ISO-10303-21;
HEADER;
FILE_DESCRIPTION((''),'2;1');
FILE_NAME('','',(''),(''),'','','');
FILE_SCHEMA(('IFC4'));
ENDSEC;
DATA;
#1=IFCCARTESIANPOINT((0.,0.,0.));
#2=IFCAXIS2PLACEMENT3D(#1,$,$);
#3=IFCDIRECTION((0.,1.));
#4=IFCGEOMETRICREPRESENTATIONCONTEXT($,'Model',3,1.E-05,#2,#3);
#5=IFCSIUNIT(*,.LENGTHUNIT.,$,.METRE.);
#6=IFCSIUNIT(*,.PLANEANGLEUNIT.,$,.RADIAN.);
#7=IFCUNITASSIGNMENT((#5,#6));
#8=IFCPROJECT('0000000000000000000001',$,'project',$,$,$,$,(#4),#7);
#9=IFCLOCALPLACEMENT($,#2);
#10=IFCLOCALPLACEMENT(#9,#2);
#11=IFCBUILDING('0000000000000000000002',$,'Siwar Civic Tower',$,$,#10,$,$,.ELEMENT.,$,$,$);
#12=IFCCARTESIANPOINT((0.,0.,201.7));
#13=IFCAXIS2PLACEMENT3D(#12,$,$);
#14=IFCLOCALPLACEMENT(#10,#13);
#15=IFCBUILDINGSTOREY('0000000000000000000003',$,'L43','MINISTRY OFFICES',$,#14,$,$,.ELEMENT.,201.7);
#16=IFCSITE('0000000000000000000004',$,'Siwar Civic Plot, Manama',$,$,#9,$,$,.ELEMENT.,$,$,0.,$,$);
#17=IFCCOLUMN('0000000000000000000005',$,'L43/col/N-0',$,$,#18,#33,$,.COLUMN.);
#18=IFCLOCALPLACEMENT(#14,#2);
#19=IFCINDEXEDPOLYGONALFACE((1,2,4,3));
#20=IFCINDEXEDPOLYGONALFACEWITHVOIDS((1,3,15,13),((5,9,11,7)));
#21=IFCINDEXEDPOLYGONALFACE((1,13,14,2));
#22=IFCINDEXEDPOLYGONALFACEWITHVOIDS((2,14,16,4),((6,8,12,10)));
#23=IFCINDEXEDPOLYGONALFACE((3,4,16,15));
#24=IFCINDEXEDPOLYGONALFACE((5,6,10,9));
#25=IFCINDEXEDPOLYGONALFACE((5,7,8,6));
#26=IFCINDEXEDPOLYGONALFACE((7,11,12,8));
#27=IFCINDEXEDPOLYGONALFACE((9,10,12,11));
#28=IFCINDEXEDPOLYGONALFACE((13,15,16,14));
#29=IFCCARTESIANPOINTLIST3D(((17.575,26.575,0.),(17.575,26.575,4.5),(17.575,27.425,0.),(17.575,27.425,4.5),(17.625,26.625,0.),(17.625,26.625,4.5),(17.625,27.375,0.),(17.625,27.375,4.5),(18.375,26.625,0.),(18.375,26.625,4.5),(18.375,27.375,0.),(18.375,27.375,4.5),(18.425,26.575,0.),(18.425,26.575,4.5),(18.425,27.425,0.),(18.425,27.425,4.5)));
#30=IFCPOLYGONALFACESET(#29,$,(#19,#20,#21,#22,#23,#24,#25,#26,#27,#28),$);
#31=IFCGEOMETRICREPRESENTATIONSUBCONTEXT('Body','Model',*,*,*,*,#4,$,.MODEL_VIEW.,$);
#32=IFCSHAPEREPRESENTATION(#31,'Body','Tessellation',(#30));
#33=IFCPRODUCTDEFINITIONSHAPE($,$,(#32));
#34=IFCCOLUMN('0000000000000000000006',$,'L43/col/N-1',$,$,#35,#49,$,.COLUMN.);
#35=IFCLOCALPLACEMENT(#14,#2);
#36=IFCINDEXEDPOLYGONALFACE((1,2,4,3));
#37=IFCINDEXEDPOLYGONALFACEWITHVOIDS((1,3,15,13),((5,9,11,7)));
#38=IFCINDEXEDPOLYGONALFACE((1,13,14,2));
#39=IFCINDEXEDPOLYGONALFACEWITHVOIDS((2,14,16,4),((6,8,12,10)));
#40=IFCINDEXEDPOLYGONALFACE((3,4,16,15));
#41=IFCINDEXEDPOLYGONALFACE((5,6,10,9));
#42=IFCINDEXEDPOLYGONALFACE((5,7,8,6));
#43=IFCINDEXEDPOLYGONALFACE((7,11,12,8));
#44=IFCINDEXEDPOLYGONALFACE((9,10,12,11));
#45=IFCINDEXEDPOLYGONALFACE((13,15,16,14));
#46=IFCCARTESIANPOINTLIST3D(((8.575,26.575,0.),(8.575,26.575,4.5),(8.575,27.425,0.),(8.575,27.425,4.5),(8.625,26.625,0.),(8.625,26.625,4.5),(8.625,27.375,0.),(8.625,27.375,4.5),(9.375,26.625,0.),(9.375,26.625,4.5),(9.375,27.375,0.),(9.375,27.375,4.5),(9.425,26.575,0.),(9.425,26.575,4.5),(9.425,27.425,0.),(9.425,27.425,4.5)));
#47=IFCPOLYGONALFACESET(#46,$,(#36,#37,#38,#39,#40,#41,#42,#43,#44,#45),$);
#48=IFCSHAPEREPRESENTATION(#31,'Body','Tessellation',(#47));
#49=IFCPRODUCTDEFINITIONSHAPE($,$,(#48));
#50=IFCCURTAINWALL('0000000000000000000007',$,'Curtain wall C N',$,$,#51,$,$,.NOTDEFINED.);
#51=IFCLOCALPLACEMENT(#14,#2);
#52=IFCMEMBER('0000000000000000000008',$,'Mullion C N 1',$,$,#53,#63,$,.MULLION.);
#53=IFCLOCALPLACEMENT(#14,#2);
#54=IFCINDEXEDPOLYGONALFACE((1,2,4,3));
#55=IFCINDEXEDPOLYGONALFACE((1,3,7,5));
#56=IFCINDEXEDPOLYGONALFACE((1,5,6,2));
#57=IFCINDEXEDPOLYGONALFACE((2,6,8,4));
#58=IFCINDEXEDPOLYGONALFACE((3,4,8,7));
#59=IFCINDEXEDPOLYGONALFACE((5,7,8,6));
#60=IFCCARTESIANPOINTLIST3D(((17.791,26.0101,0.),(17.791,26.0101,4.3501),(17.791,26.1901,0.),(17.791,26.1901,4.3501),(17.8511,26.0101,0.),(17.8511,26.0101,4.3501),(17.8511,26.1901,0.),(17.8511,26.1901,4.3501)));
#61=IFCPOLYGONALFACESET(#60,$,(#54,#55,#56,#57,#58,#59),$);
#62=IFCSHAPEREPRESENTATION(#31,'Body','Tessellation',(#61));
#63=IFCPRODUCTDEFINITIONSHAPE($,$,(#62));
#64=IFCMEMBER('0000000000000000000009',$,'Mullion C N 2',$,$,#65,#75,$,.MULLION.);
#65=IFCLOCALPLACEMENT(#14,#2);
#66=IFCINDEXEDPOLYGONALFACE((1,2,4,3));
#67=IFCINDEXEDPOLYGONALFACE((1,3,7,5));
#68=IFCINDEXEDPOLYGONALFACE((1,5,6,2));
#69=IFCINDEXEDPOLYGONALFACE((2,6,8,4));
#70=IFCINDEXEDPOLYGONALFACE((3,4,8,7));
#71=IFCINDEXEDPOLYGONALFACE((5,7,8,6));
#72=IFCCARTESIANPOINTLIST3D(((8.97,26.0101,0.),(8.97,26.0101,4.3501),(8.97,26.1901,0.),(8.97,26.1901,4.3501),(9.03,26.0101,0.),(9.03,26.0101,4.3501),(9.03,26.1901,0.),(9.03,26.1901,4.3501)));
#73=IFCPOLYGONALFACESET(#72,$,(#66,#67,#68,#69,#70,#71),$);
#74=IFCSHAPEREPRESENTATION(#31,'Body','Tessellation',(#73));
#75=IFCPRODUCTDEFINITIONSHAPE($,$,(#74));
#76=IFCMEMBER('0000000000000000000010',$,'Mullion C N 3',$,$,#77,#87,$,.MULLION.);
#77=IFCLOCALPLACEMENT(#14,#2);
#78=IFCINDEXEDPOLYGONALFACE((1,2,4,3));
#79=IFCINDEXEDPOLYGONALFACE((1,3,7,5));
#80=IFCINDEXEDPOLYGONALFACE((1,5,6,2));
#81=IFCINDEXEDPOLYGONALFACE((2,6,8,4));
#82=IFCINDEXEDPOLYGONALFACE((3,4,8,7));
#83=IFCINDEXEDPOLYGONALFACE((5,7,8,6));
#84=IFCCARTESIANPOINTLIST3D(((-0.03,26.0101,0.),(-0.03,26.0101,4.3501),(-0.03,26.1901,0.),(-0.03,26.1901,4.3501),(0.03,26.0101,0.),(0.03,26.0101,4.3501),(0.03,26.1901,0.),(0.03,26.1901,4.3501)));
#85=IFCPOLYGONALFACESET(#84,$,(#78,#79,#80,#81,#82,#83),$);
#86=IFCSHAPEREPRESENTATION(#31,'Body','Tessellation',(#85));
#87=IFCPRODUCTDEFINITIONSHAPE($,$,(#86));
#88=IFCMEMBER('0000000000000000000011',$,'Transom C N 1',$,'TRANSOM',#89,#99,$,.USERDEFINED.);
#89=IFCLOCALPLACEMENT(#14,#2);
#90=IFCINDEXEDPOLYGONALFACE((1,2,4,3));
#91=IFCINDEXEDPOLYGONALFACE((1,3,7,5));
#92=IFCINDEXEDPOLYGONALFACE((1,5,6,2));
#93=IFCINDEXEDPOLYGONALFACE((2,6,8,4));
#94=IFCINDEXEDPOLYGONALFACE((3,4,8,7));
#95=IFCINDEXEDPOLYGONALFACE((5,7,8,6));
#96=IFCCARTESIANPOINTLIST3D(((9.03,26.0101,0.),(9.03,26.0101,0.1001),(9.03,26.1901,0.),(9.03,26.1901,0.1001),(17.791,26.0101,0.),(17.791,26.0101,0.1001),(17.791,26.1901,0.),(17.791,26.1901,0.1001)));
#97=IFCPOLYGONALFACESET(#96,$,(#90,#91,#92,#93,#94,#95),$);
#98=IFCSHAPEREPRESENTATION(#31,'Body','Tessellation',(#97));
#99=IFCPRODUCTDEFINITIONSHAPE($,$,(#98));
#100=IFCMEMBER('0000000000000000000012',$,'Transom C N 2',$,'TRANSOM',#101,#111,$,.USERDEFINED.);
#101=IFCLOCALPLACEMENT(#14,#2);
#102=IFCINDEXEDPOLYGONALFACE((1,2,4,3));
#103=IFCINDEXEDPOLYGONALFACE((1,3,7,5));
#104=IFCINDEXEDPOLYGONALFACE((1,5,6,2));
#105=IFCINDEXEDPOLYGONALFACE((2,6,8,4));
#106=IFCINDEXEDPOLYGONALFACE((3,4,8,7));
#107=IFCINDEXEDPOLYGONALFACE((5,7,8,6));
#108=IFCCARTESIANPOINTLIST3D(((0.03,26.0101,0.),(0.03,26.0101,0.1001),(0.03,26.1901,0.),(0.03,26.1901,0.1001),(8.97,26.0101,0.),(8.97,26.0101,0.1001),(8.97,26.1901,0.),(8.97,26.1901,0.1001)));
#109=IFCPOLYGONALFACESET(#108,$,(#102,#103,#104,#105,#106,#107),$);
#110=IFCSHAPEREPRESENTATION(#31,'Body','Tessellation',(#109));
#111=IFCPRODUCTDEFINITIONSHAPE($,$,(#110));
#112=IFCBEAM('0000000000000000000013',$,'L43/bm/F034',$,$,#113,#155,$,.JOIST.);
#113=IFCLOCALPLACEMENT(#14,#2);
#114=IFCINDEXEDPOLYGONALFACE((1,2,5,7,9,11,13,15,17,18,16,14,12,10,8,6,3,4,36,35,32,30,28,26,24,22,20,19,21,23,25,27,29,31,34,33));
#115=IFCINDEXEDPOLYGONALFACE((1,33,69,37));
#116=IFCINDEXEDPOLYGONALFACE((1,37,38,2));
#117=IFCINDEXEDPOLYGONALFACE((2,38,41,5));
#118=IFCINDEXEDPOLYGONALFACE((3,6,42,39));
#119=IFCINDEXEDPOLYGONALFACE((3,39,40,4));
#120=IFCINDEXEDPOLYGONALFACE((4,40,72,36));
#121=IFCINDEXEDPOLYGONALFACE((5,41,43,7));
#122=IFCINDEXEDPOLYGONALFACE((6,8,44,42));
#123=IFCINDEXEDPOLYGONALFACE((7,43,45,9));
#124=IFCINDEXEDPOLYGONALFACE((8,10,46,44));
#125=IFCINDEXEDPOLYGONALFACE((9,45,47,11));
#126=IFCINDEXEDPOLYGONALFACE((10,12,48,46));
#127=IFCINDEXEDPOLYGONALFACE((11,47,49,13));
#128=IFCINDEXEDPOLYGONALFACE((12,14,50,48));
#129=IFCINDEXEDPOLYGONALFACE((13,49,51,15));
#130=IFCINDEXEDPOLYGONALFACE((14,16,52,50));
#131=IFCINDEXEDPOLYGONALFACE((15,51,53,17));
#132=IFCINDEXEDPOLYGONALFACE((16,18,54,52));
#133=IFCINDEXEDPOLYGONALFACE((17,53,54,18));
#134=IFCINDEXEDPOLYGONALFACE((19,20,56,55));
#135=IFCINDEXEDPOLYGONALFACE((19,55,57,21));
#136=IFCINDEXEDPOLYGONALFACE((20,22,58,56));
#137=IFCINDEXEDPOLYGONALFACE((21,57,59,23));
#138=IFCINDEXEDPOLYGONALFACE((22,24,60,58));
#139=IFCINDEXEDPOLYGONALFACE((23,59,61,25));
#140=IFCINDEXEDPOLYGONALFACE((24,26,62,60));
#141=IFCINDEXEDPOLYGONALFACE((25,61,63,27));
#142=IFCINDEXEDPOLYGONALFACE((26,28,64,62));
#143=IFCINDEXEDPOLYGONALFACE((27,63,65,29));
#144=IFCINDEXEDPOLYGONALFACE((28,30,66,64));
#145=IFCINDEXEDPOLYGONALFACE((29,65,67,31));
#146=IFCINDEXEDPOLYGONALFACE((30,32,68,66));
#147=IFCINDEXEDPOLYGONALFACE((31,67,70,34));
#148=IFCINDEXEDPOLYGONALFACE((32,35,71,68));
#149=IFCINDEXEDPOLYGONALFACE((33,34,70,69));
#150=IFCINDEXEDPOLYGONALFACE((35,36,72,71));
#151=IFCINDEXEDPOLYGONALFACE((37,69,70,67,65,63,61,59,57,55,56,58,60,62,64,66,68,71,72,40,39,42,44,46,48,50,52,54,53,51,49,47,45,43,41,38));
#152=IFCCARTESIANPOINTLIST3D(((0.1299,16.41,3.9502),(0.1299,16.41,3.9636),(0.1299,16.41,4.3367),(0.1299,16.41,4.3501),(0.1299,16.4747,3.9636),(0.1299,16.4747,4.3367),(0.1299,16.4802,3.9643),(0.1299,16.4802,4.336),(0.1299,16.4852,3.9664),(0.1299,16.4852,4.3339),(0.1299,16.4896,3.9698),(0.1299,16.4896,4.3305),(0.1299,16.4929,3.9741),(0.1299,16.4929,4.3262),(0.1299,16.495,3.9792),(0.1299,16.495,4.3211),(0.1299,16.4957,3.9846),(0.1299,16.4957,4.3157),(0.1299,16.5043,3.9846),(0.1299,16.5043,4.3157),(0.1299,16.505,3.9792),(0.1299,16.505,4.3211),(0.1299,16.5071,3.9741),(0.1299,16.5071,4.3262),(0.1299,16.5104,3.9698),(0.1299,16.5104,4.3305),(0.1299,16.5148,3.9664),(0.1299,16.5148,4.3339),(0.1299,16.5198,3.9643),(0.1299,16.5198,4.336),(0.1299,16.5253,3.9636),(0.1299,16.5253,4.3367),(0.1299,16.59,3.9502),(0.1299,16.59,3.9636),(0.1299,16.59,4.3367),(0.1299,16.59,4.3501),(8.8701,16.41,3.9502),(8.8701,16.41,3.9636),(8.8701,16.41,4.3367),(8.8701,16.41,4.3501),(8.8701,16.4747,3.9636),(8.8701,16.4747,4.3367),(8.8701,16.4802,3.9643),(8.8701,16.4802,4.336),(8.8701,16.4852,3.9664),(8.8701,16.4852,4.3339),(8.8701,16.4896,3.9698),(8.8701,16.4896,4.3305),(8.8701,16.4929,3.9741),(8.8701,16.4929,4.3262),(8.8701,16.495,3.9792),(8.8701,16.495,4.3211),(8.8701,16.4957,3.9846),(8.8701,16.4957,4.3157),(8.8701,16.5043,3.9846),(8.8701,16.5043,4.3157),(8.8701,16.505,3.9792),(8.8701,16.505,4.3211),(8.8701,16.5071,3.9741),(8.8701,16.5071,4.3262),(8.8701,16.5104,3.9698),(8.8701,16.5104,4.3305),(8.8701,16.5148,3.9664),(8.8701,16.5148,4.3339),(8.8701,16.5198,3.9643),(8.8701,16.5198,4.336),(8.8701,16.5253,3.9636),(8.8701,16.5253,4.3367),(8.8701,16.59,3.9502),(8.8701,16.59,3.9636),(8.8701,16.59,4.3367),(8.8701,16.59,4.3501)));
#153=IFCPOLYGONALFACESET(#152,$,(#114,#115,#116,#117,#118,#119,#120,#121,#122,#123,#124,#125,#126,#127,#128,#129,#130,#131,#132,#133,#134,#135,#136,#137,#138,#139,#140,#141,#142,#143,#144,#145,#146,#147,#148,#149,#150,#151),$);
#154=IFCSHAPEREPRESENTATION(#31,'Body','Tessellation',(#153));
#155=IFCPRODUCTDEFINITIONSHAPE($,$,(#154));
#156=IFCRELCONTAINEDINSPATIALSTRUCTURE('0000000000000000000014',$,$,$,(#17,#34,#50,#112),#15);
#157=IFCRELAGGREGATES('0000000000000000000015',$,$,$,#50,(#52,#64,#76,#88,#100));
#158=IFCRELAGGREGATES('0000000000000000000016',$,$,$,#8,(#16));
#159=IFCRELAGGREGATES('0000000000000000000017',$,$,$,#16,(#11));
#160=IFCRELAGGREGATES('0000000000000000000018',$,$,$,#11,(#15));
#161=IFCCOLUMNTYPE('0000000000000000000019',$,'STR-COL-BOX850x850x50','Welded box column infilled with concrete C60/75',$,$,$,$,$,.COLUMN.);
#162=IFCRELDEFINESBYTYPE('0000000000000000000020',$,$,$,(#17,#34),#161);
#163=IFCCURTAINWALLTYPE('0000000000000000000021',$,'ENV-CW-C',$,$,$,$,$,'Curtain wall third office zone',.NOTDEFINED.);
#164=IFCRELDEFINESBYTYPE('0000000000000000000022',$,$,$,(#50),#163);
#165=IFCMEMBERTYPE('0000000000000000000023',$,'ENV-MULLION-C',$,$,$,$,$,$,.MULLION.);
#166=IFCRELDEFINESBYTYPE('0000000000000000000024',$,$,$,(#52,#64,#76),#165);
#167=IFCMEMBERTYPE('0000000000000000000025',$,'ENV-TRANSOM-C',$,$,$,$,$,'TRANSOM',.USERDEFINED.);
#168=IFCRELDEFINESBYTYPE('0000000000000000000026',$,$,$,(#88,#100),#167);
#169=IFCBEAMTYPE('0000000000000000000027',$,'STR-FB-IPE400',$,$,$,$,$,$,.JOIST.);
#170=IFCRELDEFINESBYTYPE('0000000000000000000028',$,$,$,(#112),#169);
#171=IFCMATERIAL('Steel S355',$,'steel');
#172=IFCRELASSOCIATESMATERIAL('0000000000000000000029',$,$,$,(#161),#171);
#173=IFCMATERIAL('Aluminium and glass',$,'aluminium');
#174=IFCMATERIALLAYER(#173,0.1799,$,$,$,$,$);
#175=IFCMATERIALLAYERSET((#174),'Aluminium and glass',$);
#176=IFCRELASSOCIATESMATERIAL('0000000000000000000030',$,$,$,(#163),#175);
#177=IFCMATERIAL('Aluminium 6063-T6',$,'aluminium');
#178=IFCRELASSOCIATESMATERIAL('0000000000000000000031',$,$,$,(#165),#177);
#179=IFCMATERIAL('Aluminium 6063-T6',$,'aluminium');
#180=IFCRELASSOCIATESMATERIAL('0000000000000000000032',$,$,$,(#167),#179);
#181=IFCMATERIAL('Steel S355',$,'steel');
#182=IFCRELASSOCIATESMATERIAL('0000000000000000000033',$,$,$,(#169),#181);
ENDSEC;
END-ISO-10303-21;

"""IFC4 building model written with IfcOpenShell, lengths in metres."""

from ifc_helpers import new_model, si_unit, direction, frame, origin, origin_2d, place, context, subcontext, project, spatial, rectangle, hollow_rectangle, i_section, extrude, material, layer, layer_set, material_profile, profile_set, type_object, element, aggregate, save


model = new_model("IFC4")

# Units and contexts
model_context = context("Model", 3, precision=1e-05, world=origin(), true_north=direction((0.0, 1.0)))
body_context = subcontext(model_context, "Body", "Model", "MODEL_VIEW")
ifc_project = project(units=[si_unit("LENGTHUNIT", "METRE"), si_unit("PLANEANGLEUNIT", "RADIAN")], contexts=[model_context])

# Site, building, storey
site_placement = place(None, origin())
site = spatial("IfcSite", under=ifc_project, at=site_placement, Name="Siwar Civic Plot, Manama", CompositionType="ELEMENT", RefElevation=0.0)
building_placement = place(site_placement, origin())
building = spatial("IfcBuilding", under=site, at=building_placement, Name="Siwar Civic Tower", CompositionType="ELEMENT")
storey_placement = place(building_placement, frame((0.0, 0.0, 201.7)))
storey = spatial("IfcBuildingStorey", under=building, at=storey_placement, Name="L43", Description="MINISTRY OFFICES", CompositionType="ELEMENT", Elevation=201.7)

# Columns
ifc_material_1 = material(Name="Steel S355", Category="steel")
ifc_material_profile_1 = material_profile(ifc_material_1, hollow_rectangle(XDim=0.8501, YDim=0.8501, WallThickness=0.05, at=origin_2d()), Name="BOX850x850x50")
ifc_profile_set_1 = profile_set([ifc_material_profile_1], Name="Steel S355")
column_type = type_object("IfcColumnType", Name="STR-COL-BOX850x850x50", Description="Welded box column infilled with concrete C60/75", PredefinedType="COLUMN", material=ifc_profile_set_1)
for number, where, z_axis, x_axis, name in (
    (1, (18.0, 27.0, 0.0), (0.0, 0.0, 1.0), (1.0, 0.0, 0.0), "L43/col/N-0"),
    (2, (9.0, 27.0, 0.0), (0.0, 0.0, 1.0), (1.0, 0.0, 0.0), "L43/col/N-1"),
):
    element("IfcColumn", number, at=place(storey_placement, frame(where, z_axis=z_axis, x_axis=x_axis)), inside=storey, type_object=column_type, Name=name, PredefinedType="COLUMN", context=body_context, shape_type="SweptSolid", body=[
        extrude(hollow_rectangle(XDim=0.8501, YDim=0.8501, WallThickness=0.05, at=origin_2d()), origin(), (0.0, 0.0, 1.0), 4.5),
    ])

# Curtain wall, members
ifc_material_2 = material(Name="Aluminium and glass", Category="aluminium")
ifc_layer_1 = layer(ifc_material_2, 0.1799)
ifc_layer_set_1 = layer_set([ifc_layer_1], Name="Aluminium and glass")
curtain_wall_type = type_object("IfcCurtainWallType", Name="ENV-CW-C", ElementType="Curtain wall third office zone", PredefinedType="NOTDEFINED", material=ifc_layer_set_1)
curtain_wall_placement = place(storey_placement, origin())
curtain_wall = element("IfcCurtainWall", 3, at=curtain_wall_placement, inside=storey, type_object=curtain_wall_type, Name="Curtain wall C N", PredefinedType="NOTDEFINED")
ifc_material_3 = material(Name="Aluminium 6063-T6", Category="aluminium")
ifc_material_profile_2 = material_profile(ifc_material_3, rectangle(XDim=0.1799, YDim=0.0601, at=origin_2d()), Name="AL 180x60")
ifc_profile_set_2 = profile_set([ifc_material_profile_2], Name="Aluminium 6063-T6")
member_type_1 = type_object("IfcMemberType", Name="ENV-MULLION-C", PredefinedType="MULLION", material=ifc_profile_set_2)
member_1_placement = place(storey_placement, frame((17.821, 26.1001, 0.0), z_axis=(0.0, 0.0, 1.0), x_axis=(0.0, -1.0, 0.0)))
member_1 = element("IfcMember", 4, at=member_1_placement, type_object=member_type_1, Name="Mullion C N 1", PredefinedType="MULLION", context=body_context, shape_type="SweptSolid", body=[
    extrude(rectangle(XDim=0.1799, YDim=0.0601, at=origin_2d()), origin(), (0.0, 0.0, 1.0), 4.3501),
])
member_2_placement = place(storey_placement, frame((9.0, 26.1001, 0.0), z_axis=(0.0, 0.0, 1.0), x_axis=(0.0, -1.0, 0.0)))
member_2 = element("IfcMember", 5, at=member_2_placement, type_object=member_type_1, Name="Mullion C N 2", PredefinedType="MULLION", context=body_context, shape_type="SweptSolid", body=[
    extrude(rectangle(XDim=0.1799, YDim=0.0601, at=origin_2d()), origin(), (0.0, 0.0, 1.0), 4.3501),
])
member_3_placement = place(storey_placement, frame((0.0, 26.1001, 0.0), z_axis=(0.0, 0.0, 1.0), x_axis=(0.0, -1.0, 0.0)))
member_3 = element("IfcMember", 6, at=member_3_placement, type_object=member_type_1, Name="Mullion C N 3", PredefinedType="MULLION", context=body_context, shape_type="SweptSolid", body=[
    extrude(rectangle(XDim=0.1799, YDim=0.0601, at=origin_2d()), origin(), (0.0, 0.0, 1.0), 4.3501),
])
ifc_material_4 = material(Name="Aluminium 6063-T6", Category="aluminium")
ifc_material_profile_3 = material_profile(ifc_material_4, rectangle(XDim=0.1799, YDim=0.1001, at=origin_2d()), Name="AL 180x100")
ifc_profile_set_3 = profile_set([ifc_material_profile_3], Name="Aluminium 6063-T6")
member_type_2 = type_object("IfcMemberType", Name="ENV-TRANSOM-C", ElementType="TRANSOM", PredefinedType="USERDEFINED", material=ifc_profile_set_3)
member_4_placement = place(storey_placement, frame((17.791, 26.1001, 0.05), z_axis=(-1.0, 0.0, 0.0), x_axis=(0.0, -1.0, 0.0)))
member_4 = element("IfcMember", 7, at=member_4_placement, type_object=member_type_2, Name="Transom C N 1", ObjectType="TRANSOM", PredefinedType="USERDEFINED", context=body_context, shape_type="SweptSolid", body=[
    extrude(rectangle(XDim=0.1799, YDim=0.1001, at=origin_2d()), origin(), (0.0, 0.0, 1.0), 8.761),
])
member_5_placement = place(storey_placement, frame((8.97, 26.1001, 0.05), z_axis=(-1.0, 0.0, 0.0), x_axis=(0.0, -1.0, 0.0)))
member_5 = element("IfcMember", 8, at=member_5_placement, type_object=member_type_2, Name="Transom C N 2", ObjectType="TRANSOM", PredefinedType="USERDEFINED", context=body_context, shape_type="SweptSolid", body=[
    extrude(rectangle(XDim=0.1799, YDim=0.1001, at=origin_2d()), origin(), (0.0, 0.0, 1.0), 8.9399),
])

# Beam
ifc_material_5 = material(Name="Steel S355", Category="steel")
ifc_material_profile_4 = material_profile(ifc_material_5, i_section(OverallWidth=0.1799, OverallDepth=0.3999, WebThickness=0.0085, FlangeThickness=0.0134, FilletRadius=0.021, at=origin_2d()), Name="IPE400")
ifc_profile_set_4 = profile_set([ifc_material_profile_4], Name="Steel S355")
beam_type_1 = type_object("IfcBeamType", Name="STR-FB-IPE400", PredefinedType="JOIST", material=ifc_profile_set_4)
for number, where, z_axis, x_axis, name in (
    (9, (0.1299, 16.5, 4.1501), (1.0, 0.0, 0.0), (0.0, 1.0, 0.0), "L43/bm/F034"),
):
    element("IfcBeam", number, at=place(storey_placement, frame(where, z_axis=z_axis, x_axis=x_axis)), inside=storey, type_object=beam_type_1, Name=name, PredefinedType="JOIST", context=body_context, shape_type="SweptSolid", body=[
        extrude(i_section(OverallWidth=0.1799, OverallDepth=0.3999, WebThickness=0.0085, FlangeThickness=0.0134, FilletRadius=0.021, at=origin_2d()), origin(), (0.0, 0.0, 1.0), 8.7402),
    ])

aggregate(curtain_wall, [member_1, member_2, member_3, member_4, member_5])

save(model, "model.ifc")
